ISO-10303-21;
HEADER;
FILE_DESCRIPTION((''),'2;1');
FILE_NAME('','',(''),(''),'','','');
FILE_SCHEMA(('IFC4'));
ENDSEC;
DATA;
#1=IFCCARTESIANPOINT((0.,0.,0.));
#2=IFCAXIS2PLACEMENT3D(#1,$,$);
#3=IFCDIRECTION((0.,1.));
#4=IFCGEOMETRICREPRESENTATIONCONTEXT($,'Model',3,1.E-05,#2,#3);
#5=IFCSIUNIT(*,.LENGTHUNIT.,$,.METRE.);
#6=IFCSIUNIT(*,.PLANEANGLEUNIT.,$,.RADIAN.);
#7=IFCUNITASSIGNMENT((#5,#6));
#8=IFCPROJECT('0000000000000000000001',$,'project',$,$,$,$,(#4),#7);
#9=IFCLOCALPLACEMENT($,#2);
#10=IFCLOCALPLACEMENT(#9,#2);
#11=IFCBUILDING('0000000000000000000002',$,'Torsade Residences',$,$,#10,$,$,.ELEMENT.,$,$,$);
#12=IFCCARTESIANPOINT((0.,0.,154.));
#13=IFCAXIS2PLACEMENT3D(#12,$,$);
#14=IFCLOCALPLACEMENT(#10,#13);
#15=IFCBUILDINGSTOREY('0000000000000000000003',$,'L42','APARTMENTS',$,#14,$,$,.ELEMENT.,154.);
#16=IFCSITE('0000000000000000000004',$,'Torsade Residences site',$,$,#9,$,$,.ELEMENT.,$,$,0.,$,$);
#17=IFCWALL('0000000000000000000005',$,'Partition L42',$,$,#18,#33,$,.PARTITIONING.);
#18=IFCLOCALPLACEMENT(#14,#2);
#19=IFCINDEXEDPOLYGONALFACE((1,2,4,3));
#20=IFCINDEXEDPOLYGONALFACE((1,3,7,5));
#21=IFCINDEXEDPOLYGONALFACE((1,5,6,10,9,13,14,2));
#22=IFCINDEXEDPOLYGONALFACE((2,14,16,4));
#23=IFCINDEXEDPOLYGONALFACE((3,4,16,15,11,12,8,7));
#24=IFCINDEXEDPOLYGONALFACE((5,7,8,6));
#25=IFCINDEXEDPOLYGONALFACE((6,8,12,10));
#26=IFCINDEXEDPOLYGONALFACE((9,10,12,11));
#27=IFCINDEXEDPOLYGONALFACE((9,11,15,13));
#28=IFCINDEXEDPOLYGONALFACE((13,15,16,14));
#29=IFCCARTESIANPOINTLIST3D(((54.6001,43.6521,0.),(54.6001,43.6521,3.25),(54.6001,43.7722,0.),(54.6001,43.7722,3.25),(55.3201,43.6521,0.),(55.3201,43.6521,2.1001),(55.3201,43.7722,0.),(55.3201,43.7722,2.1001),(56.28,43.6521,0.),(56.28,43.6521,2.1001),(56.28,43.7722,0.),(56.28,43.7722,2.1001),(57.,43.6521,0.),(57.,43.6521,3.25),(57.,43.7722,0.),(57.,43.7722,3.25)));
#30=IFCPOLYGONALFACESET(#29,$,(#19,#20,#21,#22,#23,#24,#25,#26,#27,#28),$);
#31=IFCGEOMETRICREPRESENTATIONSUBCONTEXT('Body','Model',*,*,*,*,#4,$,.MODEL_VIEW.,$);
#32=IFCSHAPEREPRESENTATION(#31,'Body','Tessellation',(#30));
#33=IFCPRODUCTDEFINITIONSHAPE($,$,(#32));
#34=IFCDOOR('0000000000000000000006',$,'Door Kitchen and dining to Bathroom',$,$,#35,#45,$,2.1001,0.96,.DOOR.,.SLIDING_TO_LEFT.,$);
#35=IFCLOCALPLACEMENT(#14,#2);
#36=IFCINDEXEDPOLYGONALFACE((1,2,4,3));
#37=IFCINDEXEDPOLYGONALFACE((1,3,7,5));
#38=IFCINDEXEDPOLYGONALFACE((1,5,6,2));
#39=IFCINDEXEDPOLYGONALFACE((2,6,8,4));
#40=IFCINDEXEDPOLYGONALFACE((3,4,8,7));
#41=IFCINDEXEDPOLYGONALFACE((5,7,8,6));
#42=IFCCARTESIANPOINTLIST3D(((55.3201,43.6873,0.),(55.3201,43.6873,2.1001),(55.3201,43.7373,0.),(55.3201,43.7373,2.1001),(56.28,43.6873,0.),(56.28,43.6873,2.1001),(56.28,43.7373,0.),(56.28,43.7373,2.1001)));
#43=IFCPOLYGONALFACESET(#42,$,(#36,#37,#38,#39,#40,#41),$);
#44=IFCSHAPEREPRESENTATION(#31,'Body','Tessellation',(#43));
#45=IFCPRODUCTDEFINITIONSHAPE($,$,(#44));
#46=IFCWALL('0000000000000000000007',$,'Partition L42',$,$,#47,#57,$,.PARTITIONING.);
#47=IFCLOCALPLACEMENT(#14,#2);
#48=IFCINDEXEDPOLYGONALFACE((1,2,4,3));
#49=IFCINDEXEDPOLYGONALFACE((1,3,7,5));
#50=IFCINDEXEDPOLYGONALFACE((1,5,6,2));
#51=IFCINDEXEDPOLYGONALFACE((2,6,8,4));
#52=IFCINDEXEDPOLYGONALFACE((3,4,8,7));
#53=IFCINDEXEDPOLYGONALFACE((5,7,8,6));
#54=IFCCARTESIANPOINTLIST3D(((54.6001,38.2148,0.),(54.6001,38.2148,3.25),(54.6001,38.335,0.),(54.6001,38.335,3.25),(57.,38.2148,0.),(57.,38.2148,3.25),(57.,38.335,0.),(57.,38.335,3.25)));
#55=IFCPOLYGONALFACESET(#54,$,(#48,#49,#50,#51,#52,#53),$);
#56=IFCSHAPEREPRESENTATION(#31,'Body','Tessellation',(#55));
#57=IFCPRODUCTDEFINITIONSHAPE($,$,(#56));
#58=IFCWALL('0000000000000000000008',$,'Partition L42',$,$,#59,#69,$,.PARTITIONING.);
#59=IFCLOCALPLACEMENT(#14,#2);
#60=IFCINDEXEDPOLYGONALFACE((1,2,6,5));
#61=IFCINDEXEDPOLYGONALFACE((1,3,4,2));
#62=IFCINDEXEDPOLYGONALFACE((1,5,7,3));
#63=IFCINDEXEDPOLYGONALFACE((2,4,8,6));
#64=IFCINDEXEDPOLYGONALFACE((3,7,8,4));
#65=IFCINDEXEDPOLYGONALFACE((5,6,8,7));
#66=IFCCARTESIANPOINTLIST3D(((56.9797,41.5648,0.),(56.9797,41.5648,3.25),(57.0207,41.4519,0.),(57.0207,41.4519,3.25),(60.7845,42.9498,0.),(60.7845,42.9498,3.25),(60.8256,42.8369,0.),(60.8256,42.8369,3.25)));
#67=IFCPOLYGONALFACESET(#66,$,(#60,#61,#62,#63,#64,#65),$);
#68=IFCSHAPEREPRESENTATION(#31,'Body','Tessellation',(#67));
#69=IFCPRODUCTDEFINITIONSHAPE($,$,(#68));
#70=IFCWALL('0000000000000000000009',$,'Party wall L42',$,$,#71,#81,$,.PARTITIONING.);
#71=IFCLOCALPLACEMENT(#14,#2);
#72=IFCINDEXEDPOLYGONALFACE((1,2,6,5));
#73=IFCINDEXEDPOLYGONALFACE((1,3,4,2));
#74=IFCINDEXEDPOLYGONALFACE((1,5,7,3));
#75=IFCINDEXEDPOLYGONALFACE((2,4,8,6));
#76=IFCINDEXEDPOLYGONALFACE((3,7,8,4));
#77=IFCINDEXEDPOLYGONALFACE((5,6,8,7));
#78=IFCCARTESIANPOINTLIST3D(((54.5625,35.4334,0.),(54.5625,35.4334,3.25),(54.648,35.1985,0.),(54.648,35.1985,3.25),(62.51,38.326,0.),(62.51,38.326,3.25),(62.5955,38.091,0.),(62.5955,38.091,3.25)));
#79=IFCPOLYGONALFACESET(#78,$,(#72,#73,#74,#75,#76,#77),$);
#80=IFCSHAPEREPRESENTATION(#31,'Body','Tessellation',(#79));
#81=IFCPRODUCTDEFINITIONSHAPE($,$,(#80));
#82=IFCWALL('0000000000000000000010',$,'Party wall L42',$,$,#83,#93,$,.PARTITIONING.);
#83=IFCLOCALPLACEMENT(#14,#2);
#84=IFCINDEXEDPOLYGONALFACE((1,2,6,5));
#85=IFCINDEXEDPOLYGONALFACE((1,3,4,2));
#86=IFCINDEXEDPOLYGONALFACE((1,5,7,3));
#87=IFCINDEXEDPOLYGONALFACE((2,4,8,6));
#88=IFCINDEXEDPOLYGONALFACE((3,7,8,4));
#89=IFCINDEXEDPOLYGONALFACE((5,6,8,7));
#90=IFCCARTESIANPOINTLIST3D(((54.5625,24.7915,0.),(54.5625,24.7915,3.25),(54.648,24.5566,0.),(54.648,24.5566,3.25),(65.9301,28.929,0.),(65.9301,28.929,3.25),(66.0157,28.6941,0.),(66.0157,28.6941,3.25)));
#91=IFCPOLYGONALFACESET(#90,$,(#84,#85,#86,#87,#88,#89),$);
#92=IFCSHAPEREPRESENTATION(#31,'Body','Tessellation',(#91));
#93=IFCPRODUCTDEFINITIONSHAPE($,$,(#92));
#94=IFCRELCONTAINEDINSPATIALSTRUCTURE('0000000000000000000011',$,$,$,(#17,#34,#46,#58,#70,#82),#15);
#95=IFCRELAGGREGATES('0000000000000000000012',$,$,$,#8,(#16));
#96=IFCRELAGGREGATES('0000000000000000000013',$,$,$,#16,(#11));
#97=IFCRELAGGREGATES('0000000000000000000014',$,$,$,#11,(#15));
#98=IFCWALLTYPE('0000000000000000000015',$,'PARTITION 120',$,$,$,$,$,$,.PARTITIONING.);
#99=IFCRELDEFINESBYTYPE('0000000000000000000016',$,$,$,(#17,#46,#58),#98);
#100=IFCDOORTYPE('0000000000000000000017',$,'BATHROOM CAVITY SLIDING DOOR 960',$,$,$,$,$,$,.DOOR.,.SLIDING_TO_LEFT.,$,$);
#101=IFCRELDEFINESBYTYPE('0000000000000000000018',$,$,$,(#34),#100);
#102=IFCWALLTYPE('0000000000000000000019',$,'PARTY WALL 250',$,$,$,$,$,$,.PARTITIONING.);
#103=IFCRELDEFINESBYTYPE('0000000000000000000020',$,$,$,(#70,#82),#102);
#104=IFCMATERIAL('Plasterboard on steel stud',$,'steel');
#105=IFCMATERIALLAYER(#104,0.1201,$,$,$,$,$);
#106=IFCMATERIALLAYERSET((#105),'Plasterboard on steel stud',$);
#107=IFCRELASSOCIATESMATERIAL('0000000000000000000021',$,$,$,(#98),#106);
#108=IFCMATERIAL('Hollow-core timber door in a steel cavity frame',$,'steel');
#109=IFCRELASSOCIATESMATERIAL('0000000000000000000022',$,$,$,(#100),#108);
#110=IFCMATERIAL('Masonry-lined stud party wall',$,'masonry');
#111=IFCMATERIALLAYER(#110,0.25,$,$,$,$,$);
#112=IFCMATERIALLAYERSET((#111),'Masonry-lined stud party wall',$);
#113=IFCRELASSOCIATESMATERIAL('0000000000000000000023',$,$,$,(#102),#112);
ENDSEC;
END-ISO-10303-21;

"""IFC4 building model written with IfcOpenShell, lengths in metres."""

from ifc_helpers import new_model, si_unit, direction, frame, frame_2d, origin, place, context, subcontext, project, spatial, rectangle, extrude, material, layer, layer_set, type_object, element, fill, save


model = new_model("IFC4")

# Units and contexts
model_context = context("Model", 3, precision=1e-05, world=origin(), true_north=direction((0.0, 1.0)))
body_context = subcontext(model_context, "Body", "Model", "MODEL_VIEW")
ifc_project = project(units=[si_unit("LENGTHUNIT", "METRE"), si_unit("PLANEANGLEUNIT", "RADIAN")], contexts=[model_context])

# Site, building, storey
site_placement = place(None, origin())
site = spatial("IfcSite", under=ifc_project, at=site_placement, Name="Torsade Residences site", CompositionType="ELEMENT", RefElevation=0.0)
building_placement = place(site_placement, origin())
building = spatial("IfcBuilding", under=site, at=building_placement, Name="Torsade Residences", CompositionType="ELEMENT")
storey_placement = place(building_placement, frame((0.0, 0.0, 154.0)))
storey = spatial("IfcBuildingStorey", under=building, at=storey_placement, Name="L42", Description="APARTMENTS", CompositionType="ELEMENT", Elevation=154.0)

# Shared definitions
ifc_material_1 = material(Name="Plasterboard on steel stud", Category="steel")
ifc_layer_1 = layer(ifc_material_1, 0.1201)
ifc_layer_set_1 = layer_set([ifc_layer_1], Name="Plasterboard on steel stud")
wall_type_1 = type_object("IfcWallType", Name="PARTITION 120", PredefinedType="PARTITIONING", material=ifc_layer_set_1)

# Wall, opening, door
wall_1_placement = place(storey_placement, frame((57.0, 43.7122, 0.0), z_axis=(0.0, 0.0, 1.0), x_axis=(-1.0, 0.0, 0.0)))
wall_1 = element("IfcWall", 1, at=wall_1_placement, inside=storey, type_object=wall_type_1, Name="Partition L42", PredefinedType="PARTITIONING", context=body_context, shape_type="SweptSolid", body=[
    extrude(rectangle(XDim=2.3999, YDim=0.1201, at=frame_2d((1.2, 0.0))), origin(), (0.0, 0.0, 1.0), 3.25),
])
opening_1_placement = place(wall_1_placement, frame((0.72, 0.0, 0.0)))
opening_1 = element("IfcOpeningElement", 2, at=opening_1_placement, cuts=wall_1, PredefinedType="OPENING", context=body_context, shape_type="SweptSolid", body=[
    extrude(rectangle(XDim=0.96, YDim=2.1001, at=frame_2d((0.48, 1.05))), frame((0.0, 0.0701, 0.0), z_axis=(0.0, -1.0, 0.0), x_axis=(1.0, 0.0, 0.0)), (0.0, 0.0, 1.0), 0.1401),
])
ifc_material_2 = material(Name="Hollow-core timber door in a steel cavity frame", Category="steel")
door_type_1 = type_object("IfcDoorType", Name="BATHROOM CAVITY SLIDING DOOR 960", OperationType="SLIDING_TO_LEFT", PredefinedType="DOOR", material=ifc_material_2)
door_1_placement = place(opening_1_placement, origin())
door_1 = element("IfcDoor", 3, at=door_1_placement, inside=storey, type_object=door_type_1, Name="Door Kitchen and dining to Bathroom", OperationType="SLIDING_TO_LEFT", OverallHeight=2.1001, OverallWidth=0.96, PredefinedType="DOOR", context=body_context, shape_type="SweptSolid", body=[
    extrude(rectangle(XDim=0.96, YDim=2.1001, at=frame_2d((0.48, 1.05))), frame((0.0, 0.0249, 0.0), z_axis=(0.0, -1.0, 0.0), x_axis=(1.0, 0.0, 0.0)), (0.0, 0.0, 1.0), 0.05),
])
fill(opening_1, door_1)

# Walls
wall_2_placement = place(storey_placement, frame((57.0, 38.2749, 0.0), z_axis=(0.0, 0.0, 1.0), x_axis=(-1.0, 0.0, 0.0)))
element("IfcWall", 4, at=wall_2_placement, inside=storey, type_object=wall_type_1, Name="Partition L42", PredefinedType="PARTITIONING", context=body_context, shape_type="SweptSolid", body=[
    extrude(rectangle(XDim=2.3999, YDim=0.1201, at=frame_2d((1.2, 0.0))), origin(), (0.0, 0.0, 1.0), 3.25),
])
wall_3_placement = place(storey_placement, frame((60.8049, 42.8933, 0.0), z_axis=(0.0, 0.0, 1.0), x_axis=(-0.939682, -0.342048, 0.0)))
element("IfcWall", 5, at=wall_3_placement, inside=storey, type_object=wall_type_1, Name="Partition L42", PredefinedType="PARTITIONING", context=body_context, shape_type="SweptSolid", body=[
    extrude(rectangle(XDim=4.0491, YDim=0.1201, at=frame_2d((2.0244, 0.0))), origin(), (0.0, 0.0, 1.0), 3.25),
])
ifc_material_3 = material(Name="Masonry-lined stud party wall", Category="masonry")
ifc_layer_2 = layer(ifc_material_3, 0.25)
ifc_layer_set_2 = layer_set([ifc_layer_2], Name="Masonry-lined stud party wall")
wall_type_2 = type_object("IfcWallType", Name="PARTY WALL 250", PredefinedType="PARTITIONING", material=ifc_layer_set_2)
wall_4_placement = place(storey_placement, frame((62.5527, 38.2085, 0.0), z_axis=(0.0, 0.0, 1.0), x_axis=(-0.939696, -0.342012, 0.0)))
element("IfcWall", 6, at=wall_4_placement, inside=storey, type_object=wall_type_2, Name="Party wall L42", PredefinedType="PARTITIONING", context=body_context, shape_type="SweptSolid", body=[
    extrude(rectangle(XDim=8.4575, YDim=0.25, at=frame_2d((4.2288, 0.0))), origin(), (0.0, 0.0, 1.0), 3.25),
])
wall_5_placement = place(storey_placement, frame((65.9729, 28.8115, 0.0), z_axis=(0.0, 0.0, 1.0), x_axis=(-0.939694, -0.342017, 0.0)))
element("IfcWall", 7, at=wall_5_placement, inside=storey, type_object=wall_type_2, Name="Party wall L42", PredefinedType="PARTITIONING", context=body_context, shape_type="SweptSolid", body=[
    extrude(rectangle(XDim=12.0972, YDim=0.25, at=frame_2d((6.0486, 0.0))), origin(), (0.0, 0.0, 1.0), 3.25),
])

save(model, "model.ifc")
